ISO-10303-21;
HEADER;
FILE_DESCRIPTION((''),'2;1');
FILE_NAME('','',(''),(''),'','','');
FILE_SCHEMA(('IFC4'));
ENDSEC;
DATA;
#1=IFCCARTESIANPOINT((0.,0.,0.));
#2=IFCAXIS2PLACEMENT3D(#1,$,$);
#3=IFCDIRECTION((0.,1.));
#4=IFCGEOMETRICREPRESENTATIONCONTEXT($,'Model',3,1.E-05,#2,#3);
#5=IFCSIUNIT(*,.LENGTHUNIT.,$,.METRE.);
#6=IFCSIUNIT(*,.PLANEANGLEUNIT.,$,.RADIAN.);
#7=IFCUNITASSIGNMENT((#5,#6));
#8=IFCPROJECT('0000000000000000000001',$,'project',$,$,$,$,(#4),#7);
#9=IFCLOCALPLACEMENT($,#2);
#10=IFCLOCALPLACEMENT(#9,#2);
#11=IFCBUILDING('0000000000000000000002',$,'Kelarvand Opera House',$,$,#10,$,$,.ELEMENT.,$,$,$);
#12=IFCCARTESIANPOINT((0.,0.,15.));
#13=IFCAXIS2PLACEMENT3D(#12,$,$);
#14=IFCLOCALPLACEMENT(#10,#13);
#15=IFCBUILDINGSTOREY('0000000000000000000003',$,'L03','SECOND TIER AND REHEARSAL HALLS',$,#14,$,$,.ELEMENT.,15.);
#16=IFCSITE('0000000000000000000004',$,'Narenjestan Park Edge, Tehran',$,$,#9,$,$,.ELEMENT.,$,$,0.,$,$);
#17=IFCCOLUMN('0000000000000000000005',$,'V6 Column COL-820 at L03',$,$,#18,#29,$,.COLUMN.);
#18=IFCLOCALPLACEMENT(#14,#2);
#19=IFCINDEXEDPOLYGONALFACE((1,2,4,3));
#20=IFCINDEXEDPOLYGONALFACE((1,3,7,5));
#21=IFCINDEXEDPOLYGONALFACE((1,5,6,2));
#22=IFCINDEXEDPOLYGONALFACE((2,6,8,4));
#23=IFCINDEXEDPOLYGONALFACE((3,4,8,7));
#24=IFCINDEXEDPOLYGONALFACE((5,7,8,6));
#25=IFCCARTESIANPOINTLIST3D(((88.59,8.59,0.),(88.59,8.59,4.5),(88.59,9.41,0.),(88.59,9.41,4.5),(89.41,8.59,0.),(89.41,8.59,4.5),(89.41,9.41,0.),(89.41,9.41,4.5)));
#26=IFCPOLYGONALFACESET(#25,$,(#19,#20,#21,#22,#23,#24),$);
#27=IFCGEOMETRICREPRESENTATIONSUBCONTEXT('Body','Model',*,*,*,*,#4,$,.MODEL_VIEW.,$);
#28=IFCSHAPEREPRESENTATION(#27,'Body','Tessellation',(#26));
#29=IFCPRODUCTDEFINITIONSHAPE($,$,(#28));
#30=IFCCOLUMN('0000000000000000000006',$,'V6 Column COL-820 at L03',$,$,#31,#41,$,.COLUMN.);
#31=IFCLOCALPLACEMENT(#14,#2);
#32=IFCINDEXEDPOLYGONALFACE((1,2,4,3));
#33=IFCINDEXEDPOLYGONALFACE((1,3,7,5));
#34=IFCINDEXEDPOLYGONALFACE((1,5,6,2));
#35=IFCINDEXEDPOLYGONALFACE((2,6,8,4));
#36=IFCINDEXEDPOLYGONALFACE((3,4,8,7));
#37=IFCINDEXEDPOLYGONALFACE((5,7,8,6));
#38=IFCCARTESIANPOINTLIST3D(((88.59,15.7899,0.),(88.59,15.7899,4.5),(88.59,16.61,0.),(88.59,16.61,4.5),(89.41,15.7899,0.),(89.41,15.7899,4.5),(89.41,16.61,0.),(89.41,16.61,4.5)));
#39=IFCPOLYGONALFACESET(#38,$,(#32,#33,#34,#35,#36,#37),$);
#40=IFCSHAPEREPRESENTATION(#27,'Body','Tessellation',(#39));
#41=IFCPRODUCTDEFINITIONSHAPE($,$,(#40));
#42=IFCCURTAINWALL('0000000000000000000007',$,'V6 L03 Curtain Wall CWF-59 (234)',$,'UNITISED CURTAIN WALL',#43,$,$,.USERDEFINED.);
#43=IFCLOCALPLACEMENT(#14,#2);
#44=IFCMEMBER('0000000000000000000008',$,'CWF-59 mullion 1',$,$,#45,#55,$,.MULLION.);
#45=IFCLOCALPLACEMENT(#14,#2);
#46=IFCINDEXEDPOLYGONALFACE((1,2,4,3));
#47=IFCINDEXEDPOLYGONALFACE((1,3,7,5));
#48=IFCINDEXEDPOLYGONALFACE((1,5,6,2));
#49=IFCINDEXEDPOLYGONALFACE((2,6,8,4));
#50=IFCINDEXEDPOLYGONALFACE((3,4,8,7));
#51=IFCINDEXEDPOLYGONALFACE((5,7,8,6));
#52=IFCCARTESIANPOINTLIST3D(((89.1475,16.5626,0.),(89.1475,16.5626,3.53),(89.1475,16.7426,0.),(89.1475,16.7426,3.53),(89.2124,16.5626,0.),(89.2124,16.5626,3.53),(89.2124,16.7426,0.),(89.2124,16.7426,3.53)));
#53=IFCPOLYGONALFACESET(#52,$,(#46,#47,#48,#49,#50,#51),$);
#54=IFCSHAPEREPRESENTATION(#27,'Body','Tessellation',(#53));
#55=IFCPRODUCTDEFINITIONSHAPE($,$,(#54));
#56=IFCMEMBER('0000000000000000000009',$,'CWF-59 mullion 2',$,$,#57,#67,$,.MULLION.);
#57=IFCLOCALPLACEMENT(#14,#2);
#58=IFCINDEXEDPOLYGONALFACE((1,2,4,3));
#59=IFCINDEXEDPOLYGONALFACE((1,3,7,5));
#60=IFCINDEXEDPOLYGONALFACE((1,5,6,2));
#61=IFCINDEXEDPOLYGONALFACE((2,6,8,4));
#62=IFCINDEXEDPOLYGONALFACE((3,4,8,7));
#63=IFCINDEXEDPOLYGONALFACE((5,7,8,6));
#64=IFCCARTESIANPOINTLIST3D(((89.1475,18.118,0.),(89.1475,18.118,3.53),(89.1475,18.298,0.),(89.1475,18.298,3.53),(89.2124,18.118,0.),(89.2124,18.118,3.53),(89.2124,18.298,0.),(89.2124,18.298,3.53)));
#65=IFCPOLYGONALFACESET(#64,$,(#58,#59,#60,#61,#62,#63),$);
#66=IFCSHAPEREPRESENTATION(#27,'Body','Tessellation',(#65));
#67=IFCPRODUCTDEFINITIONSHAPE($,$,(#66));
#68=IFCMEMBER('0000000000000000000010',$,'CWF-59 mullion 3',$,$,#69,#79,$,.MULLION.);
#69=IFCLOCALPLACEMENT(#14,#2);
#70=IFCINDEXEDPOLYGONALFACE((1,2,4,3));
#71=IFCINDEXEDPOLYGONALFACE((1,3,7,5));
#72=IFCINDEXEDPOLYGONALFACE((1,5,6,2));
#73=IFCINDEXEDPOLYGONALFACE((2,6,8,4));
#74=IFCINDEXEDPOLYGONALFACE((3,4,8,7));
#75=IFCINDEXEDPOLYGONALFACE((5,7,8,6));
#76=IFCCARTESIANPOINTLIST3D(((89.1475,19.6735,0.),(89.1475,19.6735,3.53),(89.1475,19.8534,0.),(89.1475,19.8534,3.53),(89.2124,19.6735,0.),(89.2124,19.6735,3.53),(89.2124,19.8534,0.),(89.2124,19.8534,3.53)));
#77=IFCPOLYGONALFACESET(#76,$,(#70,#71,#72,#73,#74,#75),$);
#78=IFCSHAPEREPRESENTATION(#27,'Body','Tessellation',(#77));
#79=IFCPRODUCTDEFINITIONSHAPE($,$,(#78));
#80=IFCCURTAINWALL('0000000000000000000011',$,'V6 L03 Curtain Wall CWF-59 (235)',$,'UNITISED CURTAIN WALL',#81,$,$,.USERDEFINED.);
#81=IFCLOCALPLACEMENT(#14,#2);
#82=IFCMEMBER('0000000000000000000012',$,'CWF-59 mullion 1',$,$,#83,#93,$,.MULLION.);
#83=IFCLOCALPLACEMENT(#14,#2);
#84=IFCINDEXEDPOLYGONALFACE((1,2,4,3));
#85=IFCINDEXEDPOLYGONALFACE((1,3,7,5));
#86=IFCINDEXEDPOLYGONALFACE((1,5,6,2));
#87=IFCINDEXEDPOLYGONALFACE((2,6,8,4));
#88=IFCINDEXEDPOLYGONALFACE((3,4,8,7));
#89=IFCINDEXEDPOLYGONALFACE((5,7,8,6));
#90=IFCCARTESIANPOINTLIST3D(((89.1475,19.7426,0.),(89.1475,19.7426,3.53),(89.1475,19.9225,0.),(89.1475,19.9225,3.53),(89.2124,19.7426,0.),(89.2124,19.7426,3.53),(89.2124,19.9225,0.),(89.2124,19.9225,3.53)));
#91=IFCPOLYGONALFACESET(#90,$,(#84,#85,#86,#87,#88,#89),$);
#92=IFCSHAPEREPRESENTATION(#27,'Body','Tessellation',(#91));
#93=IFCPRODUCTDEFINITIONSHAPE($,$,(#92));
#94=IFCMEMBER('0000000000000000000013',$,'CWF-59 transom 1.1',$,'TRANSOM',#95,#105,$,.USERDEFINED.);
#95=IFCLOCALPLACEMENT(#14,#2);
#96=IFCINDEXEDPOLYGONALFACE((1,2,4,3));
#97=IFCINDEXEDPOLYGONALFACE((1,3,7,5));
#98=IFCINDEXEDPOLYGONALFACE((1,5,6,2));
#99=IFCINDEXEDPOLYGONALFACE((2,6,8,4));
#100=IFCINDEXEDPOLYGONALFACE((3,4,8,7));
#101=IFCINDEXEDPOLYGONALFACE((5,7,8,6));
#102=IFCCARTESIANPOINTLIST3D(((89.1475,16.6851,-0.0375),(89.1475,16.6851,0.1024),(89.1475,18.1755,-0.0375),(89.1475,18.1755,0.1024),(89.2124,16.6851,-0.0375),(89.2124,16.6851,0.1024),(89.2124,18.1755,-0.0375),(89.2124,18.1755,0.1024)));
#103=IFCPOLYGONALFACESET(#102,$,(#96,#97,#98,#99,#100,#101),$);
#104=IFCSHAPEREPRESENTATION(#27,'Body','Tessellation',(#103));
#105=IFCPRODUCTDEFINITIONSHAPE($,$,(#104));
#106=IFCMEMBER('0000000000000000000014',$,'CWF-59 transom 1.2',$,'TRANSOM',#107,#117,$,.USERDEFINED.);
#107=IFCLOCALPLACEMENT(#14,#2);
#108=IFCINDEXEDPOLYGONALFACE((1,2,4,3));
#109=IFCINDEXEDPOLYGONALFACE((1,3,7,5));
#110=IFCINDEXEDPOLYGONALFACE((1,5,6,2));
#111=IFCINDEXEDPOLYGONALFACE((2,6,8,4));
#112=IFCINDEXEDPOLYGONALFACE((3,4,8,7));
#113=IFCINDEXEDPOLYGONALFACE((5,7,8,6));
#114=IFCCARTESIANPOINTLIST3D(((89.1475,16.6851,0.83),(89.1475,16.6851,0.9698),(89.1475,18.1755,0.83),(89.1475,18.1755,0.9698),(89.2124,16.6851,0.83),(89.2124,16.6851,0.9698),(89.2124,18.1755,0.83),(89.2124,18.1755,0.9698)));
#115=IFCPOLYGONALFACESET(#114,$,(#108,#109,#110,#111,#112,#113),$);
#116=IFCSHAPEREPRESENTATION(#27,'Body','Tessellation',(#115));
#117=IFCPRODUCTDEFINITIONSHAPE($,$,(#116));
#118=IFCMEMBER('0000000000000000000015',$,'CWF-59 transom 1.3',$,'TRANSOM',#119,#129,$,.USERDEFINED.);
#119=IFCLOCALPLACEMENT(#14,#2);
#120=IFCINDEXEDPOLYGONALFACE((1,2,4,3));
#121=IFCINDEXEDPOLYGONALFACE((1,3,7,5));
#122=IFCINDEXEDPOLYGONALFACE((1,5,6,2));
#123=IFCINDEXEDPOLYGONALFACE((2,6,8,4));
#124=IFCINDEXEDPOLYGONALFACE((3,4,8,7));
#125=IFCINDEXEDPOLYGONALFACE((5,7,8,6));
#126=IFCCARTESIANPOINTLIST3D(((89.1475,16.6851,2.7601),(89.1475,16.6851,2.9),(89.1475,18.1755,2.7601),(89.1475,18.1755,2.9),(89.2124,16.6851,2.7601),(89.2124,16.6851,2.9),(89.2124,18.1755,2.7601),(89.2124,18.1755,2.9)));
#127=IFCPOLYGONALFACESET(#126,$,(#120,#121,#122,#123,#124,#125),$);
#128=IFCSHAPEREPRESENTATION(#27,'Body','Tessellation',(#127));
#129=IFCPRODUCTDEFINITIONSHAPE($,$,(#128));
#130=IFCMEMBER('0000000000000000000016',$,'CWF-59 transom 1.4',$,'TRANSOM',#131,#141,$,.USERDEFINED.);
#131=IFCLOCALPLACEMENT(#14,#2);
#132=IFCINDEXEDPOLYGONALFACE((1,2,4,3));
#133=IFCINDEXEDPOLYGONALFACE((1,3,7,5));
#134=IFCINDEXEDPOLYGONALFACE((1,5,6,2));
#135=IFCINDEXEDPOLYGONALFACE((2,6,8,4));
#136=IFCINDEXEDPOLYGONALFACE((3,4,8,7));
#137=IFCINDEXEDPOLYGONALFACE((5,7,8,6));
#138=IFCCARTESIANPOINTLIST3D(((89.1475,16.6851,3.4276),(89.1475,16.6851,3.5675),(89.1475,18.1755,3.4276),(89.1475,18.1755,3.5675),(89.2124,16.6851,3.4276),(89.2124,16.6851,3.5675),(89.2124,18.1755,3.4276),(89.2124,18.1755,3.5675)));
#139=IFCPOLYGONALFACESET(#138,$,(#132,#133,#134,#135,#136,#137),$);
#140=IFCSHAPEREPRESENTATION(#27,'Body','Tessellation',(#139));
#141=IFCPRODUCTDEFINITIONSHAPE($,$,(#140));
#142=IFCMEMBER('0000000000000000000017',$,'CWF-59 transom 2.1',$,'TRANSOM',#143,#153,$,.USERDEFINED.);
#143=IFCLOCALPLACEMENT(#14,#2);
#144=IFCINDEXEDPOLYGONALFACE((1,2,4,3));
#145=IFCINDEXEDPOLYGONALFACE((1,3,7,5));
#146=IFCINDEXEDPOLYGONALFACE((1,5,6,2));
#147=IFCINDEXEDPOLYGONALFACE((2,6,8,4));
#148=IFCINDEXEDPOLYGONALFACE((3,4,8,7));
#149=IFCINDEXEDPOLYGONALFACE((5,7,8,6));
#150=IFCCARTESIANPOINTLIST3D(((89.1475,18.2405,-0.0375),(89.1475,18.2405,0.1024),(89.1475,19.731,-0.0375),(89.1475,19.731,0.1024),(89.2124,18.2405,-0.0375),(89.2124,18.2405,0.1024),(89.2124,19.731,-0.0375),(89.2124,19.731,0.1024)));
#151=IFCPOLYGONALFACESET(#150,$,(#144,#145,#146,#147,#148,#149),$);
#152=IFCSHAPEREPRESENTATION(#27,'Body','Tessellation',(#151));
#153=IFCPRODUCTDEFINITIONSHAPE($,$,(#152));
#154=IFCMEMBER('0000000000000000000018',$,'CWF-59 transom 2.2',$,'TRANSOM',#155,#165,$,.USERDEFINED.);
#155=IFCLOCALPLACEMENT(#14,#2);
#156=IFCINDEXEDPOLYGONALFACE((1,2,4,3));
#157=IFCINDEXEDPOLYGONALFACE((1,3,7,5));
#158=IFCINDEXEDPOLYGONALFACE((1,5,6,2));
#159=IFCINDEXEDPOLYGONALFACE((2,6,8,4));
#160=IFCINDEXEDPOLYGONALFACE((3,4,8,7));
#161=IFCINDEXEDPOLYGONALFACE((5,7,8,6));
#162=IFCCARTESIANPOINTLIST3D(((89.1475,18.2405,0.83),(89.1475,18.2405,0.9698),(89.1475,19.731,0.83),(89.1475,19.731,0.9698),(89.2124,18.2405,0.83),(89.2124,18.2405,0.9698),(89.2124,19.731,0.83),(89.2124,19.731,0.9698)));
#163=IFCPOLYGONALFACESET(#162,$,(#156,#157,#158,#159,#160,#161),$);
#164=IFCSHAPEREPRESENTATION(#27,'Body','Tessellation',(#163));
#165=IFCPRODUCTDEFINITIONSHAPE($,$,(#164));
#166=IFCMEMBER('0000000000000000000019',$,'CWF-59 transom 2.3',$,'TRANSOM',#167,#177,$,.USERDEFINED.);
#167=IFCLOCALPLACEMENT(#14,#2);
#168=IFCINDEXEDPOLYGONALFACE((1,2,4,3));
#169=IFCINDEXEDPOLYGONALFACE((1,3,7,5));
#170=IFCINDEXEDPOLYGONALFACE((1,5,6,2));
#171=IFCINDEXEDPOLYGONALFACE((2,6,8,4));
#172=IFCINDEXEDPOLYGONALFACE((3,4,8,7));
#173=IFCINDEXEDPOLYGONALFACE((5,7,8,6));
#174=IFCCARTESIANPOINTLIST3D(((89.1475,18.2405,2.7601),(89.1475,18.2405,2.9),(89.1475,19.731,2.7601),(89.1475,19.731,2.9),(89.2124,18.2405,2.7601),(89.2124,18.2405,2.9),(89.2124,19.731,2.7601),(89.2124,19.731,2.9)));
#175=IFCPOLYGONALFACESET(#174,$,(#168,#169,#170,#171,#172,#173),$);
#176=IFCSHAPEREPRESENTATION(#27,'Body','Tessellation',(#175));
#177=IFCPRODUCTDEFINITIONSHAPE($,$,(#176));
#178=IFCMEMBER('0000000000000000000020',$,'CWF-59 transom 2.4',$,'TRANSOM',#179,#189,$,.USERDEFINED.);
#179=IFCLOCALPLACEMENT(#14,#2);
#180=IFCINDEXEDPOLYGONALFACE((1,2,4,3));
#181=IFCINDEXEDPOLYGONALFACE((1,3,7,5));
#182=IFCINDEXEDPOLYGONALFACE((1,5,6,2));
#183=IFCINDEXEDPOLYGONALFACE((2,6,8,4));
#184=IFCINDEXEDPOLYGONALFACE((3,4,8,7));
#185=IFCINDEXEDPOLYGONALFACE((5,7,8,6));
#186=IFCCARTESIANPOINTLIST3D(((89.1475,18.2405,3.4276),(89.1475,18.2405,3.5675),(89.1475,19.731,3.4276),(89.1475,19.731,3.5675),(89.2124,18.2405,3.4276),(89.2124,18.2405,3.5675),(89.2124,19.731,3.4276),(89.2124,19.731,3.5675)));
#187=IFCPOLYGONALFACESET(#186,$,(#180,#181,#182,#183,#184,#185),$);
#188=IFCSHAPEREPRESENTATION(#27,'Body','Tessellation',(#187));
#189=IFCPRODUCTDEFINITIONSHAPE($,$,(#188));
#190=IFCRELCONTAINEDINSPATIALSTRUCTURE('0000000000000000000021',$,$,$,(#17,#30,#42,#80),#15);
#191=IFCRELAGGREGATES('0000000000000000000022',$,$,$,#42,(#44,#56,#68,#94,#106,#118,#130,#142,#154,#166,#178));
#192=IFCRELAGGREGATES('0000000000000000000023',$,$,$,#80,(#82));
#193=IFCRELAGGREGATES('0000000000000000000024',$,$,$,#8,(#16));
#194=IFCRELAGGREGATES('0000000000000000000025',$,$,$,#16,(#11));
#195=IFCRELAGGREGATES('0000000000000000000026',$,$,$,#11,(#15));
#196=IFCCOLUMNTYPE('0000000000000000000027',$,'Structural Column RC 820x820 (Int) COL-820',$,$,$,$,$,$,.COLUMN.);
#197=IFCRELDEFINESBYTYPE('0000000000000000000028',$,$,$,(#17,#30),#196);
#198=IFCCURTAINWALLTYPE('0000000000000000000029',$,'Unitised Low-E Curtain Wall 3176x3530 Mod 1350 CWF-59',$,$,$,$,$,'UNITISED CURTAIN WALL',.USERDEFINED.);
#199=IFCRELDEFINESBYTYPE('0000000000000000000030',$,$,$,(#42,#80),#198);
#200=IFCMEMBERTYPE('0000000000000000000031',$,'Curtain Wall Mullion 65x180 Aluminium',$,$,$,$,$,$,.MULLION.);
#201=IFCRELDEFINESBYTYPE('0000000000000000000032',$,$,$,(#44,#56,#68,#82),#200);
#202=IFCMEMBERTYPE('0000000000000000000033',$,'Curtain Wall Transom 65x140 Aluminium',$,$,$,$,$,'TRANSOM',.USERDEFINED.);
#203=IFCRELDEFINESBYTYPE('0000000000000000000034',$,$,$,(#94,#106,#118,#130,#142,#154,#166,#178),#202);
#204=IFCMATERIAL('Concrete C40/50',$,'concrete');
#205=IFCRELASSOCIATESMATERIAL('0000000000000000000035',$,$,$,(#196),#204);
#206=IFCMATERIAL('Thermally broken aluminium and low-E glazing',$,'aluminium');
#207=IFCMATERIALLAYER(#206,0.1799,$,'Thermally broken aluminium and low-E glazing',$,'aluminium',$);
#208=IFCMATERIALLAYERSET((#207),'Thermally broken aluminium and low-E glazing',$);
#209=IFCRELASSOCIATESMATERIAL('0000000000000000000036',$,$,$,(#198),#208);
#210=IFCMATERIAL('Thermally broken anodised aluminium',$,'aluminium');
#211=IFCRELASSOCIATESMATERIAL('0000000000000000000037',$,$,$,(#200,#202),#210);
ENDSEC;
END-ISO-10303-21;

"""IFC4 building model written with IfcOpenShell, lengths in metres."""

from ifc_helpers import new_model, si_unit, direction, frame, origin, origin_2d, place, context, subcontext, project, spatial, rectangle, extrude, material, layer, layer_set, material_profile, profile_set, type_object, element, aggregate, save


model = new_model("IFC4")

# Units and contexts
model_context = context("Model", 3, precision=1e-05, world=origin(), true_north=direction((0.0, 1.0)))
body_context = subcontext(model_context, "Body", "Model", "MODEL_VIEW")
ifc_project = project(units=[si_unit("LENGTHUNIT", "METRE"), si_unit("PLANEANGLEUNIT", "RADIAN")], contexts=[model_context])

# Site, building, storey
site_placement = place(None, origin())
site = spatial("IfcSite", under=ifc_project, at=site_placement, Name="Narenjestan Park Edge, Tehran", CompositionType="ELEMENT", RefElevation=0.0)
building_placement = place(site_placement, origin())
building = spatial("IfcBuilding", under=site, at=building_placement, Name="Kelarvand Opera House", CompositionType="ELEMENT")
storey_placement = place(building_placement, frame((0.0, 0.0, 15.0)))
storey = spatial("IfcBuildingStorey", under=building, at=storey_placement, Name="L03", Description="SECOND TIER AND REHEARSAL HALLS", CompositionType="ELEMENT", Elevation=15.0)

# Columns
ifc_material_1 = material(Name="Concrete C40/50", Category="concrete")
ifc_material_profile_1 = material_profile(ifc_material_1, rectangle(XDim=0.8201, YDim=0.8201, at=origin_2d()), Name="RC 820x820", Category="concrete")
ifc_profile_set_1 = profile_set([ifc_material_profile_1], Name="Concrete C40/50")
column_type = type_object("IfcColumnType", Name="Structural Column RC 820x820 (Int) COL-820", PredefinedType="COLUMN", material=ifc_profile_set_1)
for number, where, z_axis, x_axis, name in (
    (1, (89.0, 9.0, 0.0), (0.0, 0.0, 1.0), (1.0, 0.0, 0.0), "V6 Column COL-820 at L03"),
    (2, (89.0, 16.2, 0.0), (0.0, 0.0, 1.0), (1.0, 0.0, 0.0), "V6 Column COL-820 at L03"),
):
    element("IfcColumn", number, at=place(storey_placement, frame(where, z_axis=z_axis, x_axis=x_axis)), inside=storey, type_object=column_type, Name=name, PredefinedType="COLUMN", context=body_context, shape_type="SweptSolid", body=[
        extrude(rectangle(XDim=0.8201, YDim=0.8201, at=origin_2d()), origin(), (0.0, 0.0, 1.0), 4.5),
    ])

# Curtain wall, members
ifc_material_2 = material(Name="Thermally broken aluminium and low-E glazing", Category="aluminium")
ifc_layer_1 = layer(ifc_material_2, 0.1799, Name="Thermally broken aluminium and low-E glazing", Category="aluminium")
ifc_layer_set_1 = layer_set([ifc_layer_1], Name="Thermally broken aluminium and low-E glazing")
curtain_wall_type = type_object("IfcCurtainWallType", Name="Unitised Low-E Curtain Wall 3176x3530 Mod 1350 CWF-59", ElementType="UNITISED CURTAIN WALL", PredefinedType="USERDEFINED", material=ifc_layer_set_1)
curtain_wall_1_placement = place(storey_placement, origin())
curtain_wall_1 = element("IfcCurtainWall", 3, at=curtain_wall_1_placement, inside=storey, type_object=curtain_wall_type, Name="V6 L03 Curtain Wall CWF-59 (234)", ObjectType="UNITISED CURTAIN WALL", PredefinedType="USERDEFINED")
ifc_material_3 = material(Name="Thermally broken anodised aluminium", Category="aluminium")
ifc_material_profile_2 = material_profile(ifc_material_3, rectangle(XDim=0.0649, YDim=0.1799, at=origin_2d()), Name="ALU MULLION 65x180", Category="aluminium")
ifc_profile_set_2 = profile_set([ifc_material_profile_2], Name="Thermally broken anodised aluminium")
member_type_1 = type_object("IfcMemberType", Name="Curtain Wall Mullion 65x180 Aluminium", PredefinedType="MULLION", material=ifc_profile_set_2)
member_1_placement = place(storey_placement, frame((89.1799, 16.6526, 0.0), z_axis=(0.0, 0.0, 1.0), x_axis=(-1.0, 0.0, 0.0)))
member_1 = element("IfcMember", 4, at=member_1_placement, type_object=member_type_1, Name="CWF-59 mullion 1", PredefinedType="MULLION", context=body_context, shape_type="SweptSolid", body=[
    extrude(rectangle(XDim=0.0649, YDim=0.1799, at=origin_2d()), origin(), (0.0, 0.0, 1.0), 3.53),
])
member_2_placement = place(storey_placement, frame((89.1799, 18.208, 0.0), z_axis=(0.0, 0.0, 1.0), x_axis=(-1.0, 0.0, 0.0)))
member_2 = element("IfcMember", 5, at=member_2_placement, type_object=member_type_1, Name="CWF-59 mullion 2", PredefinedType="MULLION", context=body_context, shape_type="SweptSolid", body=[
    extrude(rectangle(XDim=0.0649, YDim=0.1799, at=origin_2d()), origin(), (0.0, 0.0, 1.0), 3.53),
])
member_3_placement = place(storey_placement, frame((89.1799, 19.7634, 0.0), z_axis=(0.0, 0.0, 1.0), x_axis=(-1.0, 0.0, 0.0)))
member_3 = element("IfcMember", 6, at=member_3_placement, type_object=member_type_1, Name="CWF-59 mullion 3", PredefinedType="MULLION", context=body_context, shape_type="SweptSolid", body=[
    extrude(rectangle(XDim=0.0649, YDim=0.1799, at=origin_2d()), origin(), (0.0, 0.0, 1.0), 3.53),
])

# Curtain wall, member
curtain_wall_2_placement = place(storey_placement, origin())
curtain_wall_2 = element("IfcCurtainWall", 7, at=curtain_wall_2_placement, inside=storey, type_object=curtain_wall_type, Name="V6 L03 Curtain Wall CWF-59 (235)", ObjectType="UNITISED CURTAIN WALL", PredefinedType="USERDEFINED")
member_4_placement = place(storey_placement, frame((89.1799, 19.8325, 0.0), z_axis=(0.0, 0.0, 1.0), x_axis=(-1.0, 0.0, 0.0)))
member_4 = element("IfcMember", 8, at=member_4_placement, type_object=member_type_1, Name="CWF-59 mullion 1", PredefinedType="MULLION", context=body_context, shape_type="SweptSolid", body=[
    extrude(rectangle(XDim=0.0649, YDim=0.1799, at=origin_2d()), origin(), (0.0, 0.0, 1.0), 3.53),
])

# Members
ifc_material_profile_3 = material_profile(ifc_material_3, rectangle(XDim=0.0649, YDim=0.1399, at=origin_2d()), Name="ALU TRANSOM 65x140", Category="aluminium")
ifc_profile_set_3 = profile_set([ifc_material_profile_3], Name="Thermally broken anodised aluminium")
member_type_2 = type_object("IfcMemberType", Name="Curtain Wall Transom 65x140 Aluminium", ElementType="TRANSOM", PredefinedType="USERDEFINED", material=ifc_profile_set_3)
member_5_placement = place(storey_placement, frame((89.1799, 16.6851, 0.0325), z_axis=(0.0, 1.0, 0.0), x_axis=(-1.0, 0.0, 0.0)))
member_5 = element("IfcMember", 9, at=member_5_placement, type_object=member_type_2, Name="CWF-59 transom 1.1", ObjectType="TRANSOM", PredefinedType="USERDEFINED", context=body_context, shape_type="SweptSolid", body=[
    extrude(rectangle(XDim=0.0649, YDim=0.1399, at=origin_2d()), origin(), (0.0, 0.0, 1.0), 1.4905),
])
member_6_placement = place(storey_placement, frame((89.1799, 16.6851, 0.8999), z_axis=(0.0, 1.0, 0.0), x_axis=(-1.0, 0.0, 0.0)))
member_6 = element("IfcMember", 10, at=member_6_placement, type_object=member_type_2, Name="CWF-59 transom 1.2", ObjectType="TRANSOM", PredefinedType="USERDEFINED", context=body_context, shape_type="SweptSolid", body=[
    extrude(rectangle(XDim=0.0649, YDim=0.1399, at=origin_2d()), origin(), (0.0, 0.0, 1.0), 1.4905),
])
member_7_placement = place(storey_placement, frame((89.1799, 16.6851, 2.8301), z_axis=(0.0, 1.0, 0.0), x_axis=(-1.0, 0.0, 0.0)))
member_7 = element("IfcMember", 11, at=member_7_placement, type_object=member_type_2, Name="CWF-59 transom 1.3", ObjectType="TRANSOM", PredefinedType="USERDEFINED", context=body_context, shape_type="SweptSolid", body=[
    extrude(rectangle(XDim=0.0649, YDim=0.1399, at=origin_2d()), origin(), (0.0, 0.0, 1.0), 1.4905),
])
member_8_placement = place(storey_placement, frame((89.1799, 16.6851, 3.4976), z_axis=(0.0, 1.0, 0.0), x_axis=(-1.0, 0.0, 0.0)))
member_8 = element("IfcMember", 12, at=member_8_placement, type_object=member_type_2, Name="CWF-59 transom 1.4", ObjectType="TRANSOM", PredefinedType="USERDEFINED", context=body_context, shape_type="SweptSolid", body=[
    extrude(rectangle(XDim=0.0649, YDim=0.1399, at=origin_2d()), origin(), (0.0, 0.0, 1.0), 1.4905),
])
member_9_placement = place(storey_placement, frame((89.1799, 18.2405, 0.0325), z_axis=(0.0, 1.0, 0.0), x_axis=(-1.0, 0.0, 0.0)))
member_9 = element("IfcMember", 13, at=member_9_placement, type_object=member_type_2, Name="CWF-59 transom 2.1", ObjectType="TRANSOM", PredefinedType="USERDEFINED", context=body_context, shape_type="SweptSolid", body=[
    extrude(rectangle(XDim=0.0649, YDim=0.1399, at=origin_2d()), origin(), (0.0, 0.0, 1.0), 1.4905),
])
member_10_placement = place(storey_placement, frame((89.1799, 18.2405, 0.8999), z_axis=(0.0, 1.0, 0.0), x_axis=(-1.0, 0.0, 0.0)))
member_10 = element("IfcMember", 14, at=member_10_placement, type_object=member_type_2, Name="CWF-59 transom 2.2", ObjectType="TRANSOM", PredefinedType="USERDEFINED", context=body_context, shape_type="SweptSolid", body=[
    extrude(rectangle(XDim=0.0649, YDim=0.1399, at=origin_2d()), origin(), (0.0, 0.0, 1.0), 1.4905),
])
member_11_placement = place(storey_placement, frame((89.1799, 18.2405, 2.8301), z_axis=(0.0, 1.0, 0.0), x_axis=(-1.0, 0.0, 0.0)))
member_11 = element("IfcMember", 15, at=member_11_placement, type_object=member_type_2, Name="CWF-59 transom 2.3", ObjectType="TRANSOM", PredefinedType="USERDEFINED", context=body_context, shape_type="SweptSolid", body=[
    extrude(rectangle(XDim=0.0649, YDim=0.1399, at=origin_2d()), origin(), (0.0, 0.0, 1.0), 1.4905),
])
member_12_placement = place(storey_placement, frame((89.1799, 18.2405, 3.4976), z_axis=(0.0, 1.0, 0.0), x_axis=(-1.0, 0.0, 0.0)))
member_12 = element("IfcMember", 16, at=member_12_placement, type_object=member_type_2, Name="CWF-59 transom 2.4", ObjectType="TRANSOM", PredefinedType="USERDEFINED", context=body_context, shape_type="SweptSolid", body=[
    extrude(rectangle(XDim=0.0649, YDim=0.1399, at=origin_2d()), origin(), (0.0, 0.0, 1.0), 1.4905),
])

aggregate(curtain_wall_1, [member_1, member_2, member_3, member_5, member_6, member_7, member_8, member_9, member_10, member_11, member_12])
aggregate(curtain_wall_2, [member_4])

save(model, "model.ifc")
